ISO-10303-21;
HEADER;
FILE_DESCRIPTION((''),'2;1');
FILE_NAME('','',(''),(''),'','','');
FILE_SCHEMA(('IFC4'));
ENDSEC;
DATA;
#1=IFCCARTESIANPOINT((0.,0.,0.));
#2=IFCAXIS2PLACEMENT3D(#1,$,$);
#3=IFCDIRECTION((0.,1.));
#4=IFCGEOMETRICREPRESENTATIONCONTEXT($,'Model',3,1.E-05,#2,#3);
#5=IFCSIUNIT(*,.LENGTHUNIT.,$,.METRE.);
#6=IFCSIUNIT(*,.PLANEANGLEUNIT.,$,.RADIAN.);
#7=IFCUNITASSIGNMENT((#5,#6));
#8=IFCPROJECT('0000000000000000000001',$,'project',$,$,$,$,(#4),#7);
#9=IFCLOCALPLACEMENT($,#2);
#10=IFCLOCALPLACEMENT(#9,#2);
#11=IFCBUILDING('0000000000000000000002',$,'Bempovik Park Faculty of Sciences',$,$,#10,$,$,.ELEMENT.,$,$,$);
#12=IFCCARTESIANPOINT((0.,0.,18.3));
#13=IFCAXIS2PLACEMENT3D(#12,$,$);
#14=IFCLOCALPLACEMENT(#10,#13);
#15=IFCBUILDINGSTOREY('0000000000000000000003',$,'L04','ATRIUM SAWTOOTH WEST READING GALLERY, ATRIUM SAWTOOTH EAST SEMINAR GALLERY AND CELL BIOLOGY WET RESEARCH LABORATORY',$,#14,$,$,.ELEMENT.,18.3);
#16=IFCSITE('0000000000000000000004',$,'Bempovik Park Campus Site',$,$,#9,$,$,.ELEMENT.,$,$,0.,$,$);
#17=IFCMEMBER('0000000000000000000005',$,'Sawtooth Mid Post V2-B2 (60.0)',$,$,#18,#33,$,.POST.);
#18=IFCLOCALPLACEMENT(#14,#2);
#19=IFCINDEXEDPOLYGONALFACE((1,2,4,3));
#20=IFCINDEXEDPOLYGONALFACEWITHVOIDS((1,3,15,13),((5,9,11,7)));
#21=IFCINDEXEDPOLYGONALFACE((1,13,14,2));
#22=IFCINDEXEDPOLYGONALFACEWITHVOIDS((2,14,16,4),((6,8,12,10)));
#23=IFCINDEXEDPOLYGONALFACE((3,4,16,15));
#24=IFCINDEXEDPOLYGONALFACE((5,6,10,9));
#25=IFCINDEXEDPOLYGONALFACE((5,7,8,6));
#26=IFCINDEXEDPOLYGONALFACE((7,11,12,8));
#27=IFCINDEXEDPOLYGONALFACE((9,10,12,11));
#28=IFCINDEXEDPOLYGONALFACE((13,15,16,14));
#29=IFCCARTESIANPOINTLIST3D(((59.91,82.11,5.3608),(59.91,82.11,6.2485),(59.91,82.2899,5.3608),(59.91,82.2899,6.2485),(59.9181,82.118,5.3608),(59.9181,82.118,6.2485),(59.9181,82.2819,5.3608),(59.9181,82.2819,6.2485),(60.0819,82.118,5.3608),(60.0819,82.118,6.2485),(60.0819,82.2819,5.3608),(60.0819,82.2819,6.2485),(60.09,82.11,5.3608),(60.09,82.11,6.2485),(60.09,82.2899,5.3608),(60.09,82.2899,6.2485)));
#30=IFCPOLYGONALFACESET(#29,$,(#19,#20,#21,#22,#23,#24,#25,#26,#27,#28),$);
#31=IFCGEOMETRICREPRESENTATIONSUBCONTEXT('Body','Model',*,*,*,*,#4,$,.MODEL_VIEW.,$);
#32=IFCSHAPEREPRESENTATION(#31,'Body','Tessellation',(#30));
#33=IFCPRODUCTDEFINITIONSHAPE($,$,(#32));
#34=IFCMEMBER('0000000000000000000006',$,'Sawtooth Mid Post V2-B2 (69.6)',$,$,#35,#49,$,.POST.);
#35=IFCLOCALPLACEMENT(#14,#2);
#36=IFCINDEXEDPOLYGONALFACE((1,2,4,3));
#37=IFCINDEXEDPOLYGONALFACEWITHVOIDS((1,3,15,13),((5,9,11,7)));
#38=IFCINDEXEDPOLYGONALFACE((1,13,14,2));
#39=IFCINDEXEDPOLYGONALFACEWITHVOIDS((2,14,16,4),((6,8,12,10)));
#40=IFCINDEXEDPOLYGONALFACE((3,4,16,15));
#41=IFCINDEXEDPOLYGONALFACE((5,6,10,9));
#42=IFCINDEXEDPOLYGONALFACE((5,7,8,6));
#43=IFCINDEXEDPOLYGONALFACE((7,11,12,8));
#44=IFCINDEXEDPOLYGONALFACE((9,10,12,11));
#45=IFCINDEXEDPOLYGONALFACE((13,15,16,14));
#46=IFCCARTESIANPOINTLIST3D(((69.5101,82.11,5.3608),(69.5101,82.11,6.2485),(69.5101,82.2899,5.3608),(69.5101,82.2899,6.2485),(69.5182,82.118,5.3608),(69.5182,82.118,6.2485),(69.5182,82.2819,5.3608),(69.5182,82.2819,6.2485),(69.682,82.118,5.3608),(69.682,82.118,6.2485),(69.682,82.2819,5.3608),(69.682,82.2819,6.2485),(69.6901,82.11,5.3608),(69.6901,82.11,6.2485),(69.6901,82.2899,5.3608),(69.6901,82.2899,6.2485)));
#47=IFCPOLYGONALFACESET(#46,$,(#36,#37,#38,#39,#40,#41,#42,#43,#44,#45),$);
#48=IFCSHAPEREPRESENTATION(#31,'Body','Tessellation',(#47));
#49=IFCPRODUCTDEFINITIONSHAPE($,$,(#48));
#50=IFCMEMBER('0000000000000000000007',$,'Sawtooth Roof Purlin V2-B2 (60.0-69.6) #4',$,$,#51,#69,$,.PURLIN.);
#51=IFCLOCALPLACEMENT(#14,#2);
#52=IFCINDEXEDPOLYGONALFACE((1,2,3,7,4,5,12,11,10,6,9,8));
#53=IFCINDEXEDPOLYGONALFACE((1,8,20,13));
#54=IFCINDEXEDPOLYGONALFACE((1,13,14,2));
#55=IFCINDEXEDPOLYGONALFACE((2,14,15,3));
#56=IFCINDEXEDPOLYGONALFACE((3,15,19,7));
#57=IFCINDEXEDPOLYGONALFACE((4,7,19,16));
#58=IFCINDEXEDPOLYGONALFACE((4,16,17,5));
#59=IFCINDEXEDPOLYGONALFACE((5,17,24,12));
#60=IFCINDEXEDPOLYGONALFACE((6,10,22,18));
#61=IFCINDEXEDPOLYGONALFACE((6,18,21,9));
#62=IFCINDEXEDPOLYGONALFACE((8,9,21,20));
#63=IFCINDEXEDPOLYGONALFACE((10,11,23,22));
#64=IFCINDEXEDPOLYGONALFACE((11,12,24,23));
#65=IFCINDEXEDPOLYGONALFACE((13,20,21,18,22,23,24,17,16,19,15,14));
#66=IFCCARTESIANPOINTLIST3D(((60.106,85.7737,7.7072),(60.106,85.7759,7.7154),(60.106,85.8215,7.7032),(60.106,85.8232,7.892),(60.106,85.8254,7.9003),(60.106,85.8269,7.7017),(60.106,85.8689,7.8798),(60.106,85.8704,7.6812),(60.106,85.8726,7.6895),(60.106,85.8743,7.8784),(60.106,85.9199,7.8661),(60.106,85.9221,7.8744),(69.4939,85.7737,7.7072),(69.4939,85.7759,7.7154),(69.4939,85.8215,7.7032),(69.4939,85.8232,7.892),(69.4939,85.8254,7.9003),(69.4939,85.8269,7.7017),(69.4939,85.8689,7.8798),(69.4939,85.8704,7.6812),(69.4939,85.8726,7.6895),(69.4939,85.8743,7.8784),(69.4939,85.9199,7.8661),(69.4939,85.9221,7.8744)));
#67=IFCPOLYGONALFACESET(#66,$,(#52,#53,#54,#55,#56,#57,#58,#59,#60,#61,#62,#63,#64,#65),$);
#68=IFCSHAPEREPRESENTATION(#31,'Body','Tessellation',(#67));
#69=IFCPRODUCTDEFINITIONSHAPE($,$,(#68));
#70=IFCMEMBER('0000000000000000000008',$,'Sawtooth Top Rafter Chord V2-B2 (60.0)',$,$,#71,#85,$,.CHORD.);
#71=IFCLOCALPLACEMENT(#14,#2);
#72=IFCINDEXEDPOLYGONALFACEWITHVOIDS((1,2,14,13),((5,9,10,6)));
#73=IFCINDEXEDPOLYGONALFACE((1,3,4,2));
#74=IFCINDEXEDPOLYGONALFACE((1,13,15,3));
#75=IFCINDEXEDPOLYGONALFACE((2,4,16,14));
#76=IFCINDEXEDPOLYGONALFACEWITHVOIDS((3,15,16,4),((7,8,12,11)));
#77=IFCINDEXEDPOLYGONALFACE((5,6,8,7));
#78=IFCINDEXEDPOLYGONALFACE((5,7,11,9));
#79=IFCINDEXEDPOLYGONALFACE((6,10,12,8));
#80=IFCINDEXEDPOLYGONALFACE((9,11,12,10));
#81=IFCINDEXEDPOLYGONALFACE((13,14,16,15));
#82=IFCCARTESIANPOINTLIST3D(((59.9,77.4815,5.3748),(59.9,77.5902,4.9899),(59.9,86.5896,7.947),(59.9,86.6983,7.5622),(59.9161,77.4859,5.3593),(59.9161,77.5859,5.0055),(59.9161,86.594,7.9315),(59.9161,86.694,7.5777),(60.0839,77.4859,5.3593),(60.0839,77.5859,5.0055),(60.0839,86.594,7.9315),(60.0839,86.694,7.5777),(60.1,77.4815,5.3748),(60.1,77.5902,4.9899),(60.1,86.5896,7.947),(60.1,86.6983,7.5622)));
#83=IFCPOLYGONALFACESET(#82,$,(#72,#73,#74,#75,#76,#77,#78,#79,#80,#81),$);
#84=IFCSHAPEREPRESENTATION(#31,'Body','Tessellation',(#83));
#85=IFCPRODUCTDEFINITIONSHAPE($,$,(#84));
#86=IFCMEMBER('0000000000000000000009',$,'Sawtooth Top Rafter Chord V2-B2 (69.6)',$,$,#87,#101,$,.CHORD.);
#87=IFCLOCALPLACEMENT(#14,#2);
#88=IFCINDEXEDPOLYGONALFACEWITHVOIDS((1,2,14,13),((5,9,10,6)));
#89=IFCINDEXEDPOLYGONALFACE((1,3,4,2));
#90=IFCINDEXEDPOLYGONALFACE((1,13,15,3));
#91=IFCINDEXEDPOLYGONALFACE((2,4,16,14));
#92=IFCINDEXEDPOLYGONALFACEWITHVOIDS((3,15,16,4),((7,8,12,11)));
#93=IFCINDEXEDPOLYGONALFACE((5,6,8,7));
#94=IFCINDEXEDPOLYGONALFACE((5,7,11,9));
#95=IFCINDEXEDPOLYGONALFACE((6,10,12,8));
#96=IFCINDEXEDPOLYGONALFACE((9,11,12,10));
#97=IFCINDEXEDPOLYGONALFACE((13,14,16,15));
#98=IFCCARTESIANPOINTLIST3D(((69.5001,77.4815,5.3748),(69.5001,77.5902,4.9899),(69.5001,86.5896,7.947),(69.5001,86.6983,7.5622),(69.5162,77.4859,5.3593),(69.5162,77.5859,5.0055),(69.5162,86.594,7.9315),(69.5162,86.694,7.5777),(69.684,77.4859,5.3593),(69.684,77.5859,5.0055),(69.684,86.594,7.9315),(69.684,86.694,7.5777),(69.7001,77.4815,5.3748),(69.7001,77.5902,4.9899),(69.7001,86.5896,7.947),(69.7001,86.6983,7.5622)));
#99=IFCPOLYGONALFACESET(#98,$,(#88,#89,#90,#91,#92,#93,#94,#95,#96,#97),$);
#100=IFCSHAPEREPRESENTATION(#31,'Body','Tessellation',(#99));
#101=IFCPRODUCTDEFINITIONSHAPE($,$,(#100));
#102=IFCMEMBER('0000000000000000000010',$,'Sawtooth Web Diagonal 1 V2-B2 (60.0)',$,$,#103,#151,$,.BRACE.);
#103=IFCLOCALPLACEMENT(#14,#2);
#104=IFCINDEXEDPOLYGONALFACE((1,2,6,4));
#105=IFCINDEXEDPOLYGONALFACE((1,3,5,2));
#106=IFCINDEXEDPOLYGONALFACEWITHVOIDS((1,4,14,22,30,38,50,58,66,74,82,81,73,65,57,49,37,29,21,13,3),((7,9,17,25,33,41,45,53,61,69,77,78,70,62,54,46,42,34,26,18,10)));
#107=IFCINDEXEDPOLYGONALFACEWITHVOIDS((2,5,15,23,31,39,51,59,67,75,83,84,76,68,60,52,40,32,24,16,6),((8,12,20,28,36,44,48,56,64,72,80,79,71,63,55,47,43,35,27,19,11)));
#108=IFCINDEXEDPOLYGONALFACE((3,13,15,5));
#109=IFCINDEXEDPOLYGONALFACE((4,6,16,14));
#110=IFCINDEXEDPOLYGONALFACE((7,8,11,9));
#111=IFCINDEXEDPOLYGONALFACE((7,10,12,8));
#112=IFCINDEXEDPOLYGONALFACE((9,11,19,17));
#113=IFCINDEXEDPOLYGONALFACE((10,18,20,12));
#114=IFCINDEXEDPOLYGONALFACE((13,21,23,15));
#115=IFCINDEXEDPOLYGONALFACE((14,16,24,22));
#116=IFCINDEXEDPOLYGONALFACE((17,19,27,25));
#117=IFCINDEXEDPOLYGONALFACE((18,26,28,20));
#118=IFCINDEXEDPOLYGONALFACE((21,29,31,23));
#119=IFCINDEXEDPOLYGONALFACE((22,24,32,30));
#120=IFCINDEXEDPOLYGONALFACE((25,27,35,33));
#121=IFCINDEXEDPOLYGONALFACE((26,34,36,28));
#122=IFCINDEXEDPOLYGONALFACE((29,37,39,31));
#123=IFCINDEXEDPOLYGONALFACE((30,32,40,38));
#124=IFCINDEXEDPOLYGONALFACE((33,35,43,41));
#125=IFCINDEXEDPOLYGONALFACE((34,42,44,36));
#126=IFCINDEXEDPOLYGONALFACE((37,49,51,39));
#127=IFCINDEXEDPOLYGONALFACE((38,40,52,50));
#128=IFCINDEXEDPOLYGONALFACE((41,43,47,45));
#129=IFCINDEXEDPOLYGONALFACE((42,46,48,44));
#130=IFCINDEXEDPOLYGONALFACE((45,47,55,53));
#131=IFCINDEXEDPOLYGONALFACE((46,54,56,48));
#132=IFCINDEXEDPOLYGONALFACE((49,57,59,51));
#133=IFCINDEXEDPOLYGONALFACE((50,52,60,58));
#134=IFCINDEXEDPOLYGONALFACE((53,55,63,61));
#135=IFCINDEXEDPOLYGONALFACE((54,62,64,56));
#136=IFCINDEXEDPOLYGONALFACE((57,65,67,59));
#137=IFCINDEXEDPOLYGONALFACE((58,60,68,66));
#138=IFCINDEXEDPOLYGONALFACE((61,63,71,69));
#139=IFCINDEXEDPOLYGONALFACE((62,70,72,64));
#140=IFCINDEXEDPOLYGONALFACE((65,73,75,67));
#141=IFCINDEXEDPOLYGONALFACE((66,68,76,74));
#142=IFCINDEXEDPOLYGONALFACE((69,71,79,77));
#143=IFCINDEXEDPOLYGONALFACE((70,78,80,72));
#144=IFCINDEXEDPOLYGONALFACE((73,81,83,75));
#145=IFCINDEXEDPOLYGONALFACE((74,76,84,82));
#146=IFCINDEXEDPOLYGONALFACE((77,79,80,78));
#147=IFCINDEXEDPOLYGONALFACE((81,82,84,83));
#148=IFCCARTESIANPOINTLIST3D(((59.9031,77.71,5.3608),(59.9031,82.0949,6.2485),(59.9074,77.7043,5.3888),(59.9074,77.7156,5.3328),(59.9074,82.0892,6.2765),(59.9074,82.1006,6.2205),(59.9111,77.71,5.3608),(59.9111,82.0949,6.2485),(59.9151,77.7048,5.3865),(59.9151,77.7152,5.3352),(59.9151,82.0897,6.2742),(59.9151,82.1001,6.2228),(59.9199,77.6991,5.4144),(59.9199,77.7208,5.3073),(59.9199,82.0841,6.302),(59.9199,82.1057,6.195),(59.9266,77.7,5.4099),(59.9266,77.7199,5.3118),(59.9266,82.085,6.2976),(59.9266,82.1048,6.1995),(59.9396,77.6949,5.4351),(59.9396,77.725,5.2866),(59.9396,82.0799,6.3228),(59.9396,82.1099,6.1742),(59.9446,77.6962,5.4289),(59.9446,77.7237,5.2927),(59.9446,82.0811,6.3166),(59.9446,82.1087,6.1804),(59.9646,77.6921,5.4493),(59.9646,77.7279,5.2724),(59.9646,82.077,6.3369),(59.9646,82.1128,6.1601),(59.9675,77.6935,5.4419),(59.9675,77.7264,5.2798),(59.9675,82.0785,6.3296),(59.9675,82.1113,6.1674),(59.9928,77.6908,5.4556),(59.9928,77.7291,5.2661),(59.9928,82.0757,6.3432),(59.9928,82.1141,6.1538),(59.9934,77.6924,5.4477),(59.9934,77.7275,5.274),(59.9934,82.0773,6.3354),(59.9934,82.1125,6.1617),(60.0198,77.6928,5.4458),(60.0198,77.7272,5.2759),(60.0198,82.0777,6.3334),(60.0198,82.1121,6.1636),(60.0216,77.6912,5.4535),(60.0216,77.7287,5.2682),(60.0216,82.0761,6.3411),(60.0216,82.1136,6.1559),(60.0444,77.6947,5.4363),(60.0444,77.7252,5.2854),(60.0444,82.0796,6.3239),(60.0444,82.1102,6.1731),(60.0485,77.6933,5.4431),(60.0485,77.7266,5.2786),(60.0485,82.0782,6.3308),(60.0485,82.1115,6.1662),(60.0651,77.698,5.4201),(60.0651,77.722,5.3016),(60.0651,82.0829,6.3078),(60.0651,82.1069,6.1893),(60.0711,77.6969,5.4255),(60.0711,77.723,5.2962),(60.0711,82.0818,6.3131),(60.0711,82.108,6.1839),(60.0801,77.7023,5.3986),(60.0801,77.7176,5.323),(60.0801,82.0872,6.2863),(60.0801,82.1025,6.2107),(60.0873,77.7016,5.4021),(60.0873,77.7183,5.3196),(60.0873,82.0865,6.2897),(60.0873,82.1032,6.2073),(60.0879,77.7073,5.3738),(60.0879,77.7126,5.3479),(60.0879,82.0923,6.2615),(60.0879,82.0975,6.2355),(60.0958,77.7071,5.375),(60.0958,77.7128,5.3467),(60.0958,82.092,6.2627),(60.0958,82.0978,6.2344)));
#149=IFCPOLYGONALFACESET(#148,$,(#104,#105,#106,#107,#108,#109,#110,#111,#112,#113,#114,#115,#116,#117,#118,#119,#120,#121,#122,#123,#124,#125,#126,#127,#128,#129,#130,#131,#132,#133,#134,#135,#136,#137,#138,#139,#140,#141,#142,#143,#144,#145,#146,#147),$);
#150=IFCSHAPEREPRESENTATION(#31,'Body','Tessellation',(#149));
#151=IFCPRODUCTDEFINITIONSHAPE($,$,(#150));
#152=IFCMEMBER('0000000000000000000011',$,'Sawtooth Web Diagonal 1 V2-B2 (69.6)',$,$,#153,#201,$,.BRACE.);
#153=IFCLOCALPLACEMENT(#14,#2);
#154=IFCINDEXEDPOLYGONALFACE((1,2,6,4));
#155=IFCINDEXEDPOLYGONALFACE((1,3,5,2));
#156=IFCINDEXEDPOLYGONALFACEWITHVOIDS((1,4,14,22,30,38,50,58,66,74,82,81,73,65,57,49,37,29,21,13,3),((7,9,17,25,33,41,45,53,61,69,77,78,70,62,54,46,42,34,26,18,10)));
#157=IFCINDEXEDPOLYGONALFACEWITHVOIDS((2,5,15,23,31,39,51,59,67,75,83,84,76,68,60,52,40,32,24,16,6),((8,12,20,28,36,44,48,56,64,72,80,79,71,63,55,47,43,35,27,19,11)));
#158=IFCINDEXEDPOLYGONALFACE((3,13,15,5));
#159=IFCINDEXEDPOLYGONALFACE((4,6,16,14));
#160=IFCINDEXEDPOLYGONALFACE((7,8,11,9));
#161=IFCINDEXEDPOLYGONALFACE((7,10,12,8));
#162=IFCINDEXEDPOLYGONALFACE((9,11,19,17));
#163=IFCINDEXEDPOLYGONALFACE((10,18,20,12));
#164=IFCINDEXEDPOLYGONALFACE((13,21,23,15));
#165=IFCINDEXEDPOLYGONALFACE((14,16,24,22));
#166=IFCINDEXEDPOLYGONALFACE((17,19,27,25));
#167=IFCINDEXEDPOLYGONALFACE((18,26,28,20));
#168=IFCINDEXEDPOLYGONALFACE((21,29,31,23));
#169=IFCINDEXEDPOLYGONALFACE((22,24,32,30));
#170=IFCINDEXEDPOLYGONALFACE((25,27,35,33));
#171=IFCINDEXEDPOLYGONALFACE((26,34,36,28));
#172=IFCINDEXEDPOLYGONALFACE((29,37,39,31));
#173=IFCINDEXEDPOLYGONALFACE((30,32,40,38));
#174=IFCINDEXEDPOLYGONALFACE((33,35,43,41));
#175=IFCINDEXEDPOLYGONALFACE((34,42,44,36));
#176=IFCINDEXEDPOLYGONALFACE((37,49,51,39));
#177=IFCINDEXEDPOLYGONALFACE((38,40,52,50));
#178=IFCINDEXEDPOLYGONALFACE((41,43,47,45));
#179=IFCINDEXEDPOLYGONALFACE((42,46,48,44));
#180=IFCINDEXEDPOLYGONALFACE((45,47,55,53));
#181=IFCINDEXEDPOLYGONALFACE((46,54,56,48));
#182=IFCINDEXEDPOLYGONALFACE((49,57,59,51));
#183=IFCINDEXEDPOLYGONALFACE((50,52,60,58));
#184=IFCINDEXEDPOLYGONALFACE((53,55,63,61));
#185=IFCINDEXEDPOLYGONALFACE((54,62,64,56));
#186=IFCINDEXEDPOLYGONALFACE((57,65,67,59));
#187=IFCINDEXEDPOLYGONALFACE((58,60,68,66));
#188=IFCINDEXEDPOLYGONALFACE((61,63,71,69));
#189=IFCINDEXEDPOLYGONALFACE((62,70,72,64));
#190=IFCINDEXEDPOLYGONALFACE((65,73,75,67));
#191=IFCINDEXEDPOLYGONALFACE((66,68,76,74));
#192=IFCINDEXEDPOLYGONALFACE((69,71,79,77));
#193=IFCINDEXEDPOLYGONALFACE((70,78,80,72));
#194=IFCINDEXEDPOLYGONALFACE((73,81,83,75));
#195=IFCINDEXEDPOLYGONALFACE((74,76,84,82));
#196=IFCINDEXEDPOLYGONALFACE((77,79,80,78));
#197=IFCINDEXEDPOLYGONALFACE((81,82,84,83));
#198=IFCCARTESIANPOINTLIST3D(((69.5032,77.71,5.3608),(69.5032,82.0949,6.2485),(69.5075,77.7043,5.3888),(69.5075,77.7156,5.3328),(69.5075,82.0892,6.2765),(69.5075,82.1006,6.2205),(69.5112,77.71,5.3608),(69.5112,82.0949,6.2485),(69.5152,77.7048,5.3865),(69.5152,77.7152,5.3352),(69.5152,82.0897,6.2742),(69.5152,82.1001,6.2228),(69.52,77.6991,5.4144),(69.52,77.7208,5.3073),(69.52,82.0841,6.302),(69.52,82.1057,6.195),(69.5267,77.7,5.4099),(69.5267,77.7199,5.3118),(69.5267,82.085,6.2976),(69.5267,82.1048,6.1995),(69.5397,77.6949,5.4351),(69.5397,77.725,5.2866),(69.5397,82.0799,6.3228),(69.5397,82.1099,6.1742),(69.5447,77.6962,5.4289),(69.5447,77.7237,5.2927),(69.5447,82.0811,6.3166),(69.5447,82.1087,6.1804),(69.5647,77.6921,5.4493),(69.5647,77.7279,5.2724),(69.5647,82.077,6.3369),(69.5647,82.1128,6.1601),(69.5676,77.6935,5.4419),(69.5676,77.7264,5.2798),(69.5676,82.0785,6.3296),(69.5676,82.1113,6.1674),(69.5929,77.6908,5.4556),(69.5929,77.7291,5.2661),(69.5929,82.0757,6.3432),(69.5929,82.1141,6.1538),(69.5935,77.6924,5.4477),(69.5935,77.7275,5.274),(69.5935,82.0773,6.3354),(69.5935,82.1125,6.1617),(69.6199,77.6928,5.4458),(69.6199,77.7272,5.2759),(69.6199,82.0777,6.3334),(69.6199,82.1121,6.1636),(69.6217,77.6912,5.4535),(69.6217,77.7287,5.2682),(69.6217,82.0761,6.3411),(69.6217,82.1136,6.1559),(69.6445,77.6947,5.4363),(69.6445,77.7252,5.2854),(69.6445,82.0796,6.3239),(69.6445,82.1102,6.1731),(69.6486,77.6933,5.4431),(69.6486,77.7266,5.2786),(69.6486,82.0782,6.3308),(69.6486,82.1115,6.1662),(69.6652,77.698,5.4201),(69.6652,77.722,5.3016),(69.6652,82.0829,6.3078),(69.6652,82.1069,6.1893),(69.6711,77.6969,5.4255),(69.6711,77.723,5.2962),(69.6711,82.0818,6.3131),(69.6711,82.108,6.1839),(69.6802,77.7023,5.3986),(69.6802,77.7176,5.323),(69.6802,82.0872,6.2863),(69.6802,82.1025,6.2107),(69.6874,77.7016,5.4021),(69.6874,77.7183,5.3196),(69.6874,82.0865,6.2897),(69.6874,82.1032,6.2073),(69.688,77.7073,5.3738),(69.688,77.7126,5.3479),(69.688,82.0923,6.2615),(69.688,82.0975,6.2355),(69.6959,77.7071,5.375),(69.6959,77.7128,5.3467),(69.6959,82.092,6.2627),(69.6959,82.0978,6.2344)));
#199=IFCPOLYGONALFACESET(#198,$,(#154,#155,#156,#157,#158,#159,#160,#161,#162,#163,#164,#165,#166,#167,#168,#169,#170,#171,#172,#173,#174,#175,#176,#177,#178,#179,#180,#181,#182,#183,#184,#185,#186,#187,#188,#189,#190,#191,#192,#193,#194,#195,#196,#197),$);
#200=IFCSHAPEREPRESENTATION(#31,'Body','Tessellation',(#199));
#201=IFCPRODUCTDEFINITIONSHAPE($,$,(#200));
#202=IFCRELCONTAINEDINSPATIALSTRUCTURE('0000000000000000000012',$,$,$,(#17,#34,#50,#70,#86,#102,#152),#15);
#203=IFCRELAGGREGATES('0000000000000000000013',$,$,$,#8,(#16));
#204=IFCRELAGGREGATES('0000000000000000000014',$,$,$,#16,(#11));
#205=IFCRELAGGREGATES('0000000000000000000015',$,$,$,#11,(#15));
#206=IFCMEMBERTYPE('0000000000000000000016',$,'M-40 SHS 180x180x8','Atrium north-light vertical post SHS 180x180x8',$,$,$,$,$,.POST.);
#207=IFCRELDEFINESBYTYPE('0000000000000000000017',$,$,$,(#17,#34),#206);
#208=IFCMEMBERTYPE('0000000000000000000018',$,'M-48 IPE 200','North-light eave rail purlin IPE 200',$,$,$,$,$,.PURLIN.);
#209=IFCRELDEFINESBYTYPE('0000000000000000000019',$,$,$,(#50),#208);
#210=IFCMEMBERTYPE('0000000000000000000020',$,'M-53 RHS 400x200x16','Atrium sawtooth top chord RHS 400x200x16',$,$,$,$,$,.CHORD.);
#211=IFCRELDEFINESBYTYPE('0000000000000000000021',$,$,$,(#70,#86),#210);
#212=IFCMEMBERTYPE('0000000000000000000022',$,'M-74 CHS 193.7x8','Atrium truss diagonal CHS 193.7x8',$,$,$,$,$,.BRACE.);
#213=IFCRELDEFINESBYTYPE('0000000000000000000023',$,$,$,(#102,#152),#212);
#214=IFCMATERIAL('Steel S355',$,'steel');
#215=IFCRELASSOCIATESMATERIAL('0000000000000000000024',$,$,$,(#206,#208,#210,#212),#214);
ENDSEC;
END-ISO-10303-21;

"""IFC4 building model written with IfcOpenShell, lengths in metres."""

from ifc_helpers import new_model, si_unit, direction, frame, origin, origin_2d, place, context, subcontext, project, spatial, hollow_rectangle, hollow_circle, i_section, extrude, material, material_profile, profile_set, type_object, element, save


model = new_model("IFC4")

# Units and contexts
model_context = context("Model", 3, precision=1e-05, world=origin(), true_north=direction((0.0, 1.0)))
body_context = subcontext(model_context, "Body", "Model", "MODEL_VIEW")
ifc_project = project(units=[si_unit("LENGTHUNIT", "METRE"), si_unit("PLANEANGLEUNIT", "RADIAN")], contexts=[model_context])

# Site, building, storey
site_placement = place(None, origin())
site = spatial("IfcSite", under=ifc_project, at=site_placement, Name="Bempovik Park Campus Site", CompositionType="ELEMENT", RefElevation=0.0)
building_placement = place(site_placement, origin())
building = spatial("IfcBuilding", under=site, at=building_placement, Name="Bempovik Park Faculty of Sciences", CompositionType="ELEMENT")
storey_placement = place(building_placement, frame((0.0, 0.0, 18.3)))
storey = spatial("IfcBuildingStorey", under=building, at=storey_placement, Name="L04", Description="ATRIUM SAWTOOTH WEST READING GALLERY, ATRIUM SAWTOOTH EAST SEMINAR GALLERY AND CELL BIOLOGY WET RESEARCH LABORATORY", CompositionType="ELEMENT", Elevation=18.3)

# Shared definitions
ifc_material_1 = material(Name="Steel S355", Category="steel")

# Members
ifc_material_profile_1 = material_profile(ifc_material_1, hollow_rectangle(XDim=0.1799, YDim=0.1799, WallThickness=0.0081, at=origin_2d()), Name="SHS 180x180x8")
ifc_profile_set_1 = profile_set([ifc_material_profile_1], Name="Steel S355")
member_type_1 = type_object("IfcMemberType", Name="M-40 SHS 180x180x8", Description="Atrium north-light vertical post SHS 180x180x8", PredefinedType="POST", material=ifc_profile_set_1)
for number, where, z_axis, x_axis, name in (
    (1, (60.0, 82.2, 5.3608), (0.0, 0.0, 1.0), (1.0, 0.0, 0.0), "Sawtooth Mid Post V2-B2 (60.0)"),
    (2, (69.6001, 82.2, 5.3608), (0.0, 0.0, 1.0), (1.0, 0.0, 0.0), "Sawtooth Mid Post V2-B2 (69.6)"),
):
    element("IfcMember", number, at=place(storey_placement, frame(where, z_axis=z_axis, x_axis=x_axis)), inside=storey, type_object=member_type_1, Name=name, PredefinedType="POST", context=body_context, shape_type="SweptSolid", body=[
        extrude(hollow_rectangle(XDim=0.1799, YDim=0.1799, WallThickness=0.0081, at=origin_2d()), origin(), (0.0, 0.0, 1.0), 0.8877),
    ])
ifc_material_profile_2 = material_profile(ifc_material_1, i_section(OverallWidth=0.1001, OverallDepth=0.2, WebThickness=0.0056, FlangeThickness=0.0085, at=origin_2d()), Name="IPE 200")
ifc_profile_set_2 = profile_set([ifc_material_profile_2], Name="Steel S355")
member_type_2 = type_object("IfcMemberType", Name="M-48 IPE 200", Description="North-light eave rail purlin IPE 200", PredefinedType="PURLIN", material=ifc_profile_set_2)
member_1_placement = place(storey_placement, frame((60.106, 85.8479, 7.7908), z_axis=(1.0, 0.0, 0.0), x_axis=(0.0, 0.965926, -0.258819)))
element("IfcMember", 3, at=member_1_placement, inside=storey, type_object=member_type_2, Name="Sawtooth Roof Purlin V2-B2 (60.0-69.6) #4", PredefinedType="PURLIN", context=body_context, shape_type="SweptSolid", body=[
    extrude(i_section(OverallWidth=0.1001, OverallDepth=0.2, WebThickness=0.0056, FlangeThickness=0.0085, at=origin_2d()), origin(), (0.0, 0.0, 1.0), 9.3879),
])
ifc_material_profile_3 = material_profile(ifc_material_1, hollow_rectangle(XDim=0.2, YDim=0.3999, WallThickness=0.0161, at=origin_2d()), Name="RHS 400x200x16")
ifc_profile_set_3 = profile_set([ifc_material_profile_3], Name="Steel S355")
member_type_3 = type_object("IfcMemberType", Name="M-53 RHS 400x200x16", Description="Atrium sawtooth top chord RHS 400x200x16", PredefinedType="CHORD", material=ifc_profile_set_3)
for number, where, z_axis, x_axis, name in (
    (4, (60.0, 77.5359, 5.1824), (0.0, 0.962359, 0.271783), (-1.0, 0.0, 0.0), "Sawtooth Top Rafter Chord V2-B2 (60.0)"),
    (5, (69.6001, 77.5359, 5.1824), (0.0, 0.962359, 0.271783), (-1.0, 0.0, 0.0), "Sawtooth Top Rafter Chord V2-B2 (69.6)"),
):
    element("IfcMember", number, at=place(storey_placement, frame(where, z_axis=z_axis, x_axis=x_axis)), inside=storey, type_object=member_type_3, Name=name, PredefinedType="CHORD", context=body_context, shape_type="SweptSolid", body=[
        extrude(hollow_rectangle(XDim=0.2, YDim=0.3999, WallThickness=0.0161, at=origin_2d()), origin(), (0.0, 0.0, 1.0), 9.4644),
    ])
ifc_material_profile_4 = material_profile(ifc_material_1, hollow_circle(Radius=0.0969, WallThickness=0.0081, at=origin_2d()), Name="CHS 193.7x8")
ifc_profile_set_4 = profile_set([ifc_material_profile_4], Name="Steel S355")
member_type_4 = type_object("IfcMemberType", Name="M-74 CHS 193.7x8", Description="Atrium truss diagonal CHS 193.7x8", PredefinedType="BRACE", material=ifc_profile_set_4)
for number, where, z_axis, x_axis, name in (
    (6, (60.0, 77.71, 5.3608), (0.0, 0.980118, 0.198414), (-1.0, 0.0, 0.0), "Sawtooth Web Diagonal 1 V2-B2 (60.0)"),
    (7, (69.6001, 77.71, 5.3608), (0.0, 0.980118, 0.198414), (-1.0, 0.0, 0.0), "Sawtooth Web Diagonal 1 V2-B2 (69.6)"),
):
    element("IfcMember", number, at=place(storey_placement, frame(where, z_axis=z_axis, x_axis=x_axis)), inside=storey, type_object=member_type_4, Name=name, PredefinedType="BRACE", context=body_context, shape_type="SweptSolid", body=[
        extrude(hollow_circle(Radius=0.0969, WallThickness=0.0081, at=origin_2d()), origin(), (0.0, 0.0, 1.0), 4.4739),
    ])

save(model, "model.ifc")
